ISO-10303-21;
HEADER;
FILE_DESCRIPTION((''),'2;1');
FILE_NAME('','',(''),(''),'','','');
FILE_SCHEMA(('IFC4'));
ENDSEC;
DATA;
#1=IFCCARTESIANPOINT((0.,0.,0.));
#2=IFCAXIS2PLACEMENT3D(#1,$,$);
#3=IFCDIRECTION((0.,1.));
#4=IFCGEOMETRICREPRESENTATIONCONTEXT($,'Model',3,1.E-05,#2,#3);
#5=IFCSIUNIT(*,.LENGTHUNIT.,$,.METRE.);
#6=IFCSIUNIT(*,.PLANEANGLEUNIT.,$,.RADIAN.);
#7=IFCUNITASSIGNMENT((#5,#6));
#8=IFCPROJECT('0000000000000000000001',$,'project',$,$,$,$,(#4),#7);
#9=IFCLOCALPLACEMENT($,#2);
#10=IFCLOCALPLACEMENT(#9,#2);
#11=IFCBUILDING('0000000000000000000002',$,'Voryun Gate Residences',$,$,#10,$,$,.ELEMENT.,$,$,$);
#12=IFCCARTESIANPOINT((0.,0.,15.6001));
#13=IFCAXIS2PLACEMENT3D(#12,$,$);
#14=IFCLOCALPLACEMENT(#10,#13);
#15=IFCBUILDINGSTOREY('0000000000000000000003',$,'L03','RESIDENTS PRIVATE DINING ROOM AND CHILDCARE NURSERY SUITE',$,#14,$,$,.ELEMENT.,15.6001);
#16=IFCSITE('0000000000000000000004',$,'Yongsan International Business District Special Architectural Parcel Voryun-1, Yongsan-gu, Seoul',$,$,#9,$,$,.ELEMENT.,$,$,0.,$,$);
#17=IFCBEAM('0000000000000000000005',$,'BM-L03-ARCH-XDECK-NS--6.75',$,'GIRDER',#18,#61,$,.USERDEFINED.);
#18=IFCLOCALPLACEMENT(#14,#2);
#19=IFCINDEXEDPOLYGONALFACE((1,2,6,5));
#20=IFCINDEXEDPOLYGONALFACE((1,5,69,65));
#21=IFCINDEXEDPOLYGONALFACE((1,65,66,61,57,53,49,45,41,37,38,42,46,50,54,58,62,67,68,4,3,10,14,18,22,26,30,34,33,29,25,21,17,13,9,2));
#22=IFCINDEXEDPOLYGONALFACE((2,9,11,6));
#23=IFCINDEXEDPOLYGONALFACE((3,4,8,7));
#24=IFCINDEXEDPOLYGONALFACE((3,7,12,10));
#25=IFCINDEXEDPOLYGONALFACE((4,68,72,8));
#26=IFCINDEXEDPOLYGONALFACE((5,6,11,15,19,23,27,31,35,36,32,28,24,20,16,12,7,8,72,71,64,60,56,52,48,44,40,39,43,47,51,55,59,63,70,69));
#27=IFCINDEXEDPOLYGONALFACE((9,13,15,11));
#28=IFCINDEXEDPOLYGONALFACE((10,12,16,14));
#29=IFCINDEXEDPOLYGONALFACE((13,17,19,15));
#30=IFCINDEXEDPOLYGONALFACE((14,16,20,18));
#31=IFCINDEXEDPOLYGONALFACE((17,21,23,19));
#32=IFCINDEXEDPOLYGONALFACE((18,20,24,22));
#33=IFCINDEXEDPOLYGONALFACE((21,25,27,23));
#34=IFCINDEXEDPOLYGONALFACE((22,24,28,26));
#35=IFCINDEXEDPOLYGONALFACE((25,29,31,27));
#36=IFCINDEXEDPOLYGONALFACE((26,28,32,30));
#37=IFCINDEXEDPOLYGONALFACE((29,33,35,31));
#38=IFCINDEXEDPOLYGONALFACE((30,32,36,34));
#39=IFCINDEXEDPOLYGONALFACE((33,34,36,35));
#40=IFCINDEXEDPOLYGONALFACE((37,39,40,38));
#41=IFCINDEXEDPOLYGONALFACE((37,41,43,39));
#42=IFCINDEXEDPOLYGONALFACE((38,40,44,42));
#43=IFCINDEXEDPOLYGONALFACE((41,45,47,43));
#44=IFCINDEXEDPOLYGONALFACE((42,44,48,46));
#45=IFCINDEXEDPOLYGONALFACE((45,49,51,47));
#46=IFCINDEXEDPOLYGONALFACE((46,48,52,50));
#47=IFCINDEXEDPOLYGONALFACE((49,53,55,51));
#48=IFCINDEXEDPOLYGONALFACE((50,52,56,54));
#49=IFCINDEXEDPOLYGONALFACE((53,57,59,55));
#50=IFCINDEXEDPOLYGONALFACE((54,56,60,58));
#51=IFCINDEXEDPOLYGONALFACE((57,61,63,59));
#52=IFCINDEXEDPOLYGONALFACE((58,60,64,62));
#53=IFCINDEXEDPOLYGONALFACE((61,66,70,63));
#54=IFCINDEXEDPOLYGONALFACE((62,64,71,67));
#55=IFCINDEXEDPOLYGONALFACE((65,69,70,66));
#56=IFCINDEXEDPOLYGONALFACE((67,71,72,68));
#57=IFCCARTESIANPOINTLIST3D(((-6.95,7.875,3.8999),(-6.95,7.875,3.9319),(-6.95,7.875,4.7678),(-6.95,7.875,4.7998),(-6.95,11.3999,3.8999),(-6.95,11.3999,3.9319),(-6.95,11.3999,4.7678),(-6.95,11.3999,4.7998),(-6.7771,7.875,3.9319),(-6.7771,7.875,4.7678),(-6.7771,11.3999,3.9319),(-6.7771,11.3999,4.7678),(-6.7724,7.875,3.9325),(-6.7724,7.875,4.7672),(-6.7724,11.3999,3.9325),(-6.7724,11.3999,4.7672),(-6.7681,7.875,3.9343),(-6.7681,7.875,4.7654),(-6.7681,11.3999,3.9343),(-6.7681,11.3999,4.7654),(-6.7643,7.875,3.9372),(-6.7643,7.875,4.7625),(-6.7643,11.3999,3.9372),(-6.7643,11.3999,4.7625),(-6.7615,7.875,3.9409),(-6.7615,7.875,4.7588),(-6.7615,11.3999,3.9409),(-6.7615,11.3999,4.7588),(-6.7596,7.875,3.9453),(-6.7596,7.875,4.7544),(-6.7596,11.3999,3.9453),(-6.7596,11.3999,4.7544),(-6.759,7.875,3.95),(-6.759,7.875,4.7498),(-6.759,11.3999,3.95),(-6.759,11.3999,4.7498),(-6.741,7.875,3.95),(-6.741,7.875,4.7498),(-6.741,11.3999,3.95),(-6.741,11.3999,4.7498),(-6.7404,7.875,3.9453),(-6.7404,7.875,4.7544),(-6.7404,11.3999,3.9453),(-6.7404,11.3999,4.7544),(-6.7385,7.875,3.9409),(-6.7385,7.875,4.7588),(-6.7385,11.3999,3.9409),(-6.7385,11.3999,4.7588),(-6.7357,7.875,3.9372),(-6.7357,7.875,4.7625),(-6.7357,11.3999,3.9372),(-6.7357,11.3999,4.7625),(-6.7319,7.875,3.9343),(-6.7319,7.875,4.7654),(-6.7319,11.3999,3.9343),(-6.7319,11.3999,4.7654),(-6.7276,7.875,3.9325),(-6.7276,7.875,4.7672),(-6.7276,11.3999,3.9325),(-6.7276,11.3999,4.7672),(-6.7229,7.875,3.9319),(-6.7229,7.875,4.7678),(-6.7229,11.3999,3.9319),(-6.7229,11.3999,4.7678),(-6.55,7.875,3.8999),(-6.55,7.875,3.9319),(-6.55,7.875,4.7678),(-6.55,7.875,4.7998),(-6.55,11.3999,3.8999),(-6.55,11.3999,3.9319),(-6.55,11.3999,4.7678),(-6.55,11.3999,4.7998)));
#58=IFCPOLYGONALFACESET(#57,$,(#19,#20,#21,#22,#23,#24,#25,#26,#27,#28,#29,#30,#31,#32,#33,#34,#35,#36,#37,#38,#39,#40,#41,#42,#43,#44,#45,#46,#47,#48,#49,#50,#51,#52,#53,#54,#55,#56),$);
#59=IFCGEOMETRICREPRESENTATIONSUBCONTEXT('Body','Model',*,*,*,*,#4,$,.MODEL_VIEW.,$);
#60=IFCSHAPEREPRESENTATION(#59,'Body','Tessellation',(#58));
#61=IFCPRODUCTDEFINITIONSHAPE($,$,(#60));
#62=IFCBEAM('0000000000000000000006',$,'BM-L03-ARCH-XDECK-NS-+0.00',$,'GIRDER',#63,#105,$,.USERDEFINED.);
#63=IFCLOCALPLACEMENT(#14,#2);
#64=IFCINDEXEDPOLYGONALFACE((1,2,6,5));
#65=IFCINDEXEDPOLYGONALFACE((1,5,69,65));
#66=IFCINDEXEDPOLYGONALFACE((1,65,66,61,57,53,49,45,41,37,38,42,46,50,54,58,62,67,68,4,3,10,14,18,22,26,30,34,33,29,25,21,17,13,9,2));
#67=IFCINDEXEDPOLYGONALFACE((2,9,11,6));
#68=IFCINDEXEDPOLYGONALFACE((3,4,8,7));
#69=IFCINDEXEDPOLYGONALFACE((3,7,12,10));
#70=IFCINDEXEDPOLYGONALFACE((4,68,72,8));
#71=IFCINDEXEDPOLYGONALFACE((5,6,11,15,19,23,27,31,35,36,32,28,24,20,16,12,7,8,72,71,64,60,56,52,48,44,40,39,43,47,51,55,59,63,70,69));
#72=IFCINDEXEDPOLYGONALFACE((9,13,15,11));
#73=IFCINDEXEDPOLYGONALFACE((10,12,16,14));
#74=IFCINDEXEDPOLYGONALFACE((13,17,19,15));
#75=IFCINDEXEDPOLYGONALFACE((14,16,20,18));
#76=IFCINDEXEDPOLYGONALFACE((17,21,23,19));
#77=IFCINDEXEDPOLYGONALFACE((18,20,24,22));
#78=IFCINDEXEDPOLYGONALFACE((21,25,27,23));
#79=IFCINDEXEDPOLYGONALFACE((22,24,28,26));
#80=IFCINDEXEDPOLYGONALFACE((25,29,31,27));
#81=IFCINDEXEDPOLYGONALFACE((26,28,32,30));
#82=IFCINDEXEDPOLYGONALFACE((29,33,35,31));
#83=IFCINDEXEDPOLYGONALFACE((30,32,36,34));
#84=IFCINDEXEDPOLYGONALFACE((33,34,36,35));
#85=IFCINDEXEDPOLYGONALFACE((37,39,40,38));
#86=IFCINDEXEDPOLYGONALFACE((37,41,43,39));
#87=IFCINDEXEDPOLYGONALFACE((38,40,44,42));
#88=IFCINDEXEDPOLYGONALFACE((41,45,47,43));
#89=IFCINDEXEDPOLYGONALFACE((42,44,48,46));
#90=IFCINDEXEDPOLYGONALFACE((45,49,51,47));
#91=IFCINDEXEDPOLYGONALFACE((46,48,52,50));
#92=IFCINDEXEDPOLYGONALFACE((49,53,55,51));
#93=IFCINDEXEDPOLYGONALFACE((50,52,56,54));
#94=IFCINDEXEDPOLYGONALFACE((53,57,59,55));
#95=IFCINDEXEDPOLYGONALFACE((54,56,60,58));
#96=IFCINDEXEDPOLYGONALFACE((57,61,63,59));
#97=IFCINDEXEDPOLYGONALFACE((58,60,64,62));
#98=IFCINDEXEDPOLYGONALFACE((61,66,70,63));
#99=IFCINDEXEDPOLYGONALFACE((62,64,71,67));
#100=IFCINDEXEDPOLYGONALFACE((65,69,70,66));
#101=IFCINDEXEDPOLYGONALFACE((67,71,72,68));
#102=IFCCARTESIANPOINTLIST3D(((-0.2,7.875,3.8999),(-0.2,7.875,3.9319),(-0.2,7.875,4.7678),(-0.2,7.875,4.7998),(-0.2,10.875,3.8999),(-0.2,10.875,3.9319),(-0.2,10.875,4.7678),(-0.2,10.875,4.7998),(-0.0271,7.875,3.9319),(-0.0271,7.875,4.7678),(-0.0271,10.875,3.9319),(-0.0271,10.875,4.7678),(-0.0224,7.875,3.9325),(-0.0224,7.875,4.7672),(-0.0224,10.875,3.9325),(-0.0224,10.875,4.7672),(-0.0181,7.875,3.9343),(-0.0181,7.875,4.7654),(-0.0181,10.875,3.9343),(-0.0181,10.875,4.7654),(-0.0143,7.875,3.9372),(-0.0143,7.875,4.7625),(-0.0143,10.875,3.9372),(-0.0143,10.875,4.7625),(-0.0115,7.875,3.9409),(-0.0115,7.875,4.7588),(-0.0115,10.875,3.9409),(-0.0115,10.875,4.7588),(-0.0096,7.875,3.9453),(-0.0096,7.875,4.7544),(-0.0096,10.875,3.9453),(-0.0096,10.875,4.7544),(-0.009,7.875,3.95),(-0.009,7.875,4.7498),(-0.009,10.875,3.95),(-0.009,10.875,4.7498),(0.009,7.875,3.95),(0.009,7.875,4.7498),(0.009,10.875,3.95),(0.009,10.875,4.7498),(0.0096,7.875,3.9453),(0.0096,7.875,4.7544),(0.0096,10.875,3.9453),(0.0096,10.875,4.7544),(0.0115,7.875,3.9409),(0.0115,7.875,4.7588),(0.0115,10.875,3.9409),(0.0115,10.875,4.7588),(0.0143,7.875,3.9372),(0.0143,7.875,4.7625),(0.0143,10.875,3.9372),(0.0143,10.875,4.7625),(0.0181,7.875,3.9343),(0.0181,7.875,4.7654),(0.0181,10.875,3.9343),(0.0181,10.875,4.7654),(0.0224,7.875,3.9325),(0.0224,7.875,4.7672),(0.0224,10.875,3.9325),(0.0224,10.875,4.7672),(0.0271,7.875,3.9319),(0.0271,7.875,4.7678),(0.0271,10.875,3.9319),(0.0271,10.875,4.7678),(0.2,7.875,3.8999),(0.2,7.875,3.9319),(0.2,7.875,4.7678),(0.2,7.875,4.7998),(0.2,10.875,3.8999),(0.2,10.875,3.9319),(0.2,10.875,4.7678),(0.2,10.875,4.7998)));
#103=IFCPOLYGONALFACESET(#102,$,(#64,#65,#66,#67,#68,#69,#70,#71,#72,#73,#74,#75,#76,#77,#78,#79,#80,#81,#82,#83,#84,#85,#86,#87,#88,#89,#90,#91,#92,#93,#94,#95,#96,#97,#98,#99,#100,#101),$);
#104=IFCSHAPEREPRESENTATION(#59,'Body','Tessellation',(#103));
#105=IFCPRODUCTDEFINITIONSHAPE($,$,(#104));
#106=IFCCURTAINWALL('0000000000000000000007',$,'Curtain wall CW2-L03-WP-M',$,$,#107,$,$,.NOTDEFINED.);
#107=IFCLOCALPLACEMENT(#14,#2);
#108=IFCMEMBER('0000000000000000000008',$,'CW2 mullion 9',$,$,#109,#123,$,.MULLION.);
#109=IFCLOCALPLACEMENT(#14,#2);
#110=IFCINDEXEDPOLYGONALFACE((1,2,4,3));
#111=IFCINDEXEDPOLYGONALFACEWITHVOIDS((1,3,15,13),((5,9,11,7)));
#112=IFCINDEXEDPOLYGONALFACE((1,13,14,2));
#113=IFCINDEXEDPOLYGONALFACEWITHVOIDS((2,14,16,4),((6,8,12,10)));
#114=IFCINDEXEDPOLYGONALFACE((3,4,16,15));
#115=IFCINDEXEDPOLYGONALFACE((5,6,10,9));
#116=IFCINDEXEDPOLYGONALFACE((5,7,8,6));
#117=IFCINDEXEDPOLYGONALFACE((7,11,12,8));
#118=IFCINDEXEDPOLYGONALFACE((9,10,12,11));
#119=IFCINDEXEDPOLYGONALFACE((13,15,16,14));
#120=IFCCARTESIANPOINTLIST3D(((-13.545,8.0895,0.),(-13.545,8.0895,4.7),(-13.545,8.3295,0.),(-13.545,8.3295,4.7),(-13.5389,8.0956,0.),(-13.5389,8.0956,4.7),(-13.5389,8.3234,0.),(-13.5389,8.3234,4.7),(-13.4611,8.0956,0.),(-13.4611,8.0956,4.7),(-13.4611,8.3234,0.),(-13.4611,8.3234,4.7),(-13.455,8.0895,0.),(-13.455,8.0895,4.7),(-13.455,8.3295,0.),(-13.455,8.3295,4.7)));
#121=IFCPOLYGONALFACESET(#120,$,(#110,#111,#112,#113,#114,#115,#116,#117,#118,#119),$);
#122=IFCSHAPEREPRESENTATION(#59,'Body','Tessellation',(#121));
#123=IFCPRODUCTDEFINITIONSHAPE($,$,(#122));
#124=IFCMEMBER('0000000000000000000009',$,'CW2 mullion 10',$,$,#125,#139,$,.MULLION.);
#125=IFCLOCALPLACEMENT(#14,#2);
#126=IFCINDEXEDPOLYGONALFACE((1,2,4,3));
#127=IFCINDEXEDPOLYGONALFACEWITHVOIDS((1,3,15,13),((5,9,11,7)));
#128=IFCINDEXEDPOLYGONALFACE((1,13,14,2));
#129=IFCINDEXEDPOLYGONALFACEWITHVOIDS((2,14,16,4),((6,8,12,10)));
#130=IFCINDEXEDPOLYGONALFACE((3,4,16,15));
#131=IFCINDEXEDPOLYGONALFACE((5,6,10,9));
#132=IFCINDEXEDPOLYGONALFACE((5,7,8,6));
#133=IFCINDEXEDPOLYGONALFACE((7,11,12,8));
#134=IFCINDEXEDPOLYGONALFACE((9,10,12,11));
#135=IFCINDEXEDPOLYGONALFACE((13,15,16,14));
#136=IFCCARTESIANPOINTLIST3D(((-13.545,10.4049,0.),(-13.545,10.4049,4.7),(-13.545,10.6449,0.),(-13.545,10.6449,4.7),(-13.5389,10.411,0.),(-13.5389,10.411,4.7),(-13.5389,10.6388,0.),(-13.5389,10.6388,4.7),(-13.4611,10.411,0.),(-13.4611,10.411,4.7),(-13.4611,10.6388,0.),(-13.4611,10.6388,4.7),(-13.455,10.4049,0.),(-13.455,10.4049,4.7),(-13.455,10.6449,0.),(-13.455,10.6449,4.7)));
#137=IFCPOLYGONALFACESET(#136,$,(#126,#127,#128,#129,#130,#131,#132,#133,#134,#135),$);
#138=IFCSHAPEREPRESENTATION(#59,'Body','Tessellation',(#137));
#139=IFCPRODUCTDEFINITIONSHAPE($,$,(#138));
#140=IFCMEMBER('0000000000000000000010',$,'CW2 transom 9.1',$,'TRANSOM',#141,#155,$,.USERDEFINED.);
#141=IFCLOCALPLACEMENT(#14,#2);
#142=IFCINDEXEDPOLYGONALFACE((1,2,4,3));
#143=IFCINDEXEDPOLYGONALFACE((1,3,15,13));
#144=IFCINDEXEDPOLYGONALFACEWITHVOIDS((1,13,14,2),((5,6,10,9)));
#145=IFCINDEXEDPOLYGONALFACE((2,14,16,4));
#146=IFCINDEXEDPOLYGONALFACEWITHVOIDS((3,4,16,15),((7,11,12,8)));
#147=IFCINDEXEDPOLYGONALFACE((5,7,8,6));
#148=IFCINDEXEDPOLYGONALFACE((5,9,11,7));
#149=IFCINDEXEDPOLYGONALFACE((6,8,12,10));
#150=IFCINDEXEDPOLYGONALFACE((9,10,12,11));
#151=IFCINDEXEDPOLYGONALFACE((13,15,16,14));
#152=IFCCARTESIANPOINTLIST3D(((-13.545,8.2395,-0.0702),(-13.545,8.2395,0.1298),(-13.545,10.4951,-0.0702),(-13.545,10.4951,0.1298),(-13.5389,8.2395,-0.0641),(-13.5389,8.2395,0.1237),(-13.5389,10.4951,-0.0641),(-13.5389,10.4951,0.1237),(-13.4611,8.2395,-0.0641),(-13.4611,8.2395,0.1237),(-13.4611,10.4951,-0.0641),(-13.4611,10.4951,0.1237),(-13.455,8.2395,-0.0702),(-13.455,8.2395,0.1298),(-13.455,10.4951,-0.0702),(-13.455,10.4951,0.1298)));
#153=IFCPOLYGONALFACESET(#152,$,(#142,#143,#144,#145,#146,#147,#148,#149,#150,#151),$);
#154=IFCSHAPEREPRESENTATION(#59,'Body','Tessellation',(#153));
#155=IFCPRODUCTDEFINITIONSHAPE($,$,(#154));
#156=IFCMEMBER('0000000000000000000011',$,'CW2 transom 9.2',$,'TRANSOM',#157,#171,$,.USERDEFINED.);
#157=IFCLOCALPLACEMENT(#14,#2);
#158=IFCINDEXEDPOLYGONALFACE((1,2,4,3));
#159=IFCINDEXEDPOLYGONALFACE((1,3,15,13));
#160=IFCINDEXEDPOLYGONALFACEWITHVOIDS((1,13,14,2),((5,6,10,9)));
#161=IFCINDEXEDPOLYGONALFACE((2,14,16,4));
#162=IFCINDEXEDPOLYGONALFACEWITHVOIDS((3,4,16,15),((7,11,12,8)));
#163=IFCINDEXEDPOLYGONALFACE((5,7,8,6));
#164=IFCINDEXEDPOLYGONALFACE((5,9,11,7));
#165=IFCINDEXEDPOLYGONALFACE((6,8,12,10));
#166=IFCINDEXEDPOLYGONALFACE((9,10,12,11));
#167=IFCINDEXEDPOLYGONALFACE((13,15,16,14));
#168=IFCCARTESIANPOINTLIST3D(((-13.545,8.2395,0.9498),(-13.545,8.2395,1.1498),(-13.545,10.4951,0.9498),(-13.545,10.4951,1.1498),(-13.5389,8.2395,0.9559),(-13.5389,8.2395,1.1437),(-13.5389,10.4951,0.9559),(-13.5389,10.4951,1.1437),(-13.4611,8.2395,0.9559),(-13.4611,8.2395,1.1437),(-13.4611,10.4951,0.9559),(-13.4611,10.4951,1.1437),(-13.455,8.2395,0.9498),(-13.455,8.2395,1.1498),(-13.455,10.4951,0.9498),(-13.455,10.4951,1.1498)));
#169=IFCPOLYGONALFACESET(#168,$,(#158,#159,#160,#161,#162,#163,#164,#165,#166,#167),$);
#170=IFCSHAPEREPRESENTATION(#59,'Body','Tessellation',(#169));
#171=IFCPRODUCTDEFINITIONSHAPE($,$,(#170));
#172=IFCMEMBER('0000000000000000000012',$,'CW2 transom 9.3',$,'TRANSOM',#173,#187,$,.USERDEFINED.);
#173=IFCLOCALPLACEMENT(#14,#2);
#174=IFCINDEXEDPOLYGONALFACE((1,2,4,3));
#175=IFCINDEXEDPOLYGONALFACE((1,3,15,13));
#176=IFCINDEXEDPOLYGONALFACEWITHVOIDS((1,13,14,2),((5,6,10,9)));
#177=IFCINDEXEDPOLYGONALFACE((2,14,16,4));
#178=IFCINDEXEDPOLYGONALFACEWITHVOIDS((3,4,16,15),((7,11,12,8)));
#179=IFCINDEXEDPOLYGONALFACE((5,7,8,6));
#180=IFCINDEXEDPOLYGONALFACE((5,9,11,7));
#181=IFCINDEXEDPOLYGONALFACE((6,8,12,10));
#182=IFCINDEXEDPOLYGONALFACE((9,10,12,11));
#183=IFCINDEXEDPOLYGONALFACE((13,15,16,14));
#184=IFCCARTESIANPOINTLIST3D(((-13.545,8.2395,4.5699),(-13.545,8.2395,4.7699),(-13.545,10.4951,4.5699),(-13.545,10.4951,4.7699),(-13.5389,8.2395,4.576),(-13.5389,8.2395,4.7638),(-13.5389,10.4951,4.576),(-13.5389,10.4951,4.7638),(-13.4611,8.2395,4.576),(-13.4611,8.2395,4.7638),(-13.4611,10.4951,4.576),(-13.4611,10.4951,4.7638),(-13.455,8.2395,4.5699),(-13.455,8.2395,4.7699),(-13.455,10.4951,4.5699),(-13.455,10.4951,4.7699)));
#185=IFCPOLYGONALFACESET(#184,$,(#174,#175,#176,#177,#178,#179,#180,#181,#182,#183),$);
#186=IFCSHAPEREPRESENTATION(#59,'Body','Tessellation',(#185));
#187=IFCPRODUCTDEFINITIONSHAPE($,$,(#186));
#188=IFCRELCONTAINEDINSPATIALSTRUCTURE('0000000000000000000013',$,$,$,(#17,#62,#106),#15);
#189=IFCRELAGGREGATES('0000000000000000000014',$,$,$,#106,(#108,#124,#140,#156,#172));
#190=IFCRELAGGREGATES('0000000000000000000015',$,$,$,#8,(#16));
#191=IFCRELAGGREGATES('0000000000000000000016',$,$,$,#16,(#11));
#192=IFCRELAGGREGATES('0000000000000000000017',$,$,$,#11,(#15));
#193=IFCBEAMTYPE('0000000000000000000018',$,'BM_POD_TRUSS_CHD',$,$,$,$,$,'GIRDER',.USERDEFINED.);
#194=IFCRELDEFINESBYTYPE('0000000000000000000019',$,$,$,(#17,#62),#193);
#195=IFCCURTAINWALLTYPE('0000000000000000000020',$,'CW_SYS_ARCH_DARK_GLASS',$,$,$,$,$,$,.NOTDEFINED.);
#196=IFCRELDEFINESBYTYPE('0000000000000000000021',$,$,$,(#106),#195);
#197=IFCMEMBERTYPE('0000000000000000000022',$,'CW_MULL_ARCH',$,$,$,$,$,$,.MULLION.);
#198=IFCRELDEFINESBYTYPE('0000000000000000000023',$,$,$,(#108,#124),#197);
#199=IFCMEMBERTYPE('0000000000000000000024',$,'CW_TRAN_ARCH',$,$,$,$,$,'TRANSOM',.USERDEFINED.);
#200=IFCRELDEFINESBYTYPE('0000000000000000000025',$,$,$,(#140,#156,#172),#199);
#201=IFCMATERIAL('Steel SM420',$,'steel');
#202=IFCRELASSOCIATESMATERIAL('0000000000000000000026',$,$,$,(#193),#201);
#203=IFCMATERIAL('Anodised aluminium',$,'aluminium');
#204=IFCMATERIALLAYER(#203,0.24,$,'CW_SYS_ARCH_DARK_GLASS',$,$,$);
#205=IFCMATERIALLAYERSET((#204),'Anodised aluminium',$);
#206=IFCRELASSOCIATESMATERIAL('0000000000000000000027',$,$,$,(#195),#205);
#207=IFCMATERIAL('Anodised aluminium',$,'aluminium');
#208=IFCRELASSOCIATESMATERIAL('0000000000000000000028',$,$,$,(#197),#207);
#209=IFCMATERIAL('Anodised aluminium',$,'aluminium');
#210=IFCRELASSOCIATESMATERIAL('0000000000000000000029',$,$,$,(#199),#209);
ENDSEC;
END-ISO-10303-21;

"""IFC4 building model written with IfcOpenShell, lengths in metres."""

from ifc_helpers import new_model, si_unit, direction, frame, origin, origin_2d, place, context, subcontext, project, spatial, hollow_rectangle, i_section, extrude, material, layer, layer_set, material_profile, profile_set, type_object, element, aggregate, save


model = new_model("IFC4")

# Units and contexts
model_context = context("Model", 3, precision=1e-05, world=origin(), true_north=direction((0.0, 1.0)))
body_context = subcontext(model_context, "Body", "Model", "MODEL_VIEW")
ifc_project = project(units=[si_unit("LENGTHUNIT", "METRE"), si_unit("PLANEANGLEUNIT", "RADIAN")], contexts=[model_context])

# Site, building, storey
site_placement = place(None, origin())
site = spatial("IfcSite", under=ifc_project, at=site_placement, Name="Yongsan International Business District Special Architectural Parcel Voryun-1, Yongsan-gu, Seoul", CompositionType="ELEMENT", RefElevation=0.0)
building_placement = place(site_placement, origin())
building = spatial("IfcBuilding", under=site, at=building_placement, Name="Voryun Gate Residences", CompositionType="ELEMENT")
storey_placement = place(building_placement, frame((0.0, 0.0, 15.6001)))
storey = spatial("IfcBuildingStorey", under=building, at=storey_placement, Name="L03", Description="RESIDENTS PRIVATE DINING ROOM AND CHILDCARE NURSERY SUITE", CompositionType="ELEMENT", Elevation=15.6001)

# Beams
ifc_material_1 = material(Name="Steel SM420", Category="steel")
ifc_material_profile_1 = material_profile(ifc_material_1, i_section(OverallWidth=0.3999, OverallDepth=0.8999, WebThickness=0.0181, FlangeThickness=0.032, FilletRadius=0.0181, at=origin_2d()), Name="H-900x400x18x32")
ifc_profile_set_1 = profile_set([ifc_material_profile_1], Name="Steel SM420")
beam_type_1 = type_object("IfcBeamType", Name="BM_POD_TRUSS_CHD", ElementType="GIRDER", PredefinedType="USERDEFINED", material=ifc_profile_set_1)
beam_1_placement = place(storey_placement, frame((-6.75, 7.875, 4.3499), z_axis=(0.0, 1.0, 0.0), x_axis=(-1.0, 0.0, 0.0)))
element("IfcBeam", 1, at=beam_1_placement, inside=storey, type_object=beam_type_1, Name="BM-L03-ARCH-XDECK-NS--6.75", ObjectType="GIRDER", PredefinedType="USERDEFINED", context=body_context, shape_type="SweptSolid", body=[
    extrude(i_section(OverallWidth=0.3999, OverallDepth=0.8999, WebThickness=0.0181, FlangeThickness=0.032, FilletRadius=0.0181, at=origin_2d()), origin(), (0.0, 0.0, 1.0), 3.5249),
])
beam_2_placement = place(storey_placement, frame((0.0, 7.875, 4.3499), z_axis=(0.0, 1.0, 0.0), x_axis=(-1.0, 0.0, 0.0)))
element("IfcBeam", 2, at=beam_2_placement, inside=storey, type_object=beam_type_1, Name="BM-L03-ARCH-XDECK-NS-+0.00", ObjectType="GIRDER", PredefinedType="USERDEFINED", context=body_context, shape_type="SweptSolid", body=[
    extrude(i_section(OverallWidth=0.3999, OverallDepth=0.8999, WebThickness=0.0181, FlangeThickness=0.032, FilletRadius=0.0181, at=origin_2d()), origin(), (0.0, 0.0, 1.0), 3.0),
])

# Curtain wall, members
ifc_material_2 = material(Name="Anodised aluminium", Category="aluminium")
ifc_layer_1 = layer(ifc_material_2, 0.24, Name="CW_SYS_ARCH_DARK_GLASS")
ifc_layer_set_1 = layer_set([ifc_layer_1], Name="Anodised aluminium")
curtain_wall_type = type_object("IfcCurtainWallType", Name="CW_SYS_ARCH_DARK_GLASS", PredefinedType="NOTDEFINED", material=ifc_layer_set_1)
curtain_wall_placement = place(storey_placement, origin())
curtain_wall = element("IfcCurtainWall", 3, at=curtain_wall_placement, inside=storey, type_object=curtain_wall_type, Name="Curtain wall CW2-L03-WP-M", PredefinedType="NOTDEFINED")
ifc_material_3 = material(Name="Anodised aluminium", Category="aluminium")
ifc_material_profile_2 = material_profile(ifc_material_3, hollow_rectangle(XDim=0.0901, YDim=0.24, WallThickness=0.0061, at=origin_2d()), Name="ALU-MULL-240x90x6")
ifc_profile_set_2 = profile_set([ifc_material_profile_2], Name="Anodised aluminium")
member_type_1 = type_object("IfcMemberType", Name="CW_MULL_ARCH", PredefinedType="MULLION", material=ifc_profile_set_2)
member_1_placement = place(storey_placement, frame((-13.5, 8.2095, 0.0), z_axis=(0.0, 0.0, 1.0), x_axis=(-1.0, 0.0, 0.0)))
member_1 = element("IfcMember", 4, at=member_1_placement, type_object=member_type_1, Name="CW2 mullion 9", PredefinedType="MULLION", context=body_context, shape_type="SweptSolid", body=[
    extrude(hollow_rectangle(XDim=0.0901, YDim=0.24, WallThickness=0.0061, at=origin_2d()), origin(), (0.0, 0.0, 1.0), 4.7),
])
member_2_placement = place(storey_placement, frame((-13.5, 10.5249, 0.0), z_axis=(0.0, 0.0, 1.0), x_axis=(-1.0, 0.0, 0.0)))
member_2 = element("IfcMember", 5, at=member_2_placement, type_object=member_type_1, Name="CW2 mullion 10", PredefinedType="MULLION", context=body_context, shape_type="SweptSolid", body=[
    extrude(hollow_rectangle(XDim=0.0901, YDim=0.24, WallThickness=0.0061, at=origin_2d()), origin(), (0.0, 0.0, 1.0), 4.7),
])
ifc_material_4 = material(Name="Anodised aluminium", Category="aluminium")
ifc_material_profile_3 = material_profile(ifc_material_4, hollow_rectangle(XDim=0.0901, YDim=0.2, WallThickness=0.0061, at=origin_2d()), Name="ALU-TRAN-200x90x6")
ifc_profile_set_3 = profile_set([ifc_material_profile_3], Name="Anodised aluminium")
member_type_2 = type_object("IfcMemberType", Name="CW_TRAN_ARCH", ElementType="TRANSOM", PredefinedType="USERDEFINED", material=ifc_profile_set_3)
member_3_placement = place(storey_placement, frame((-13.5, 8.2395, 0.0298), z_axis=(0.0, 1.0, 0.0), x_axis=(-1.0, 0.0, 0.0)))
member_3 = element("IfcMember", 6, at=member_3_placement, type_object=member_type_2, Name="CW2 transom 9.1", ObjectType="TRANSOM", PredefinedType="USERDEFINED", context=body_context, shape_type="SweptSolid", body=[
    extrude(hollow_rectangle(XDim=0.0901, YDim=0.2, WallThickness=0.0061, at=origin_2d()), origin(), (0.0, 0.0, 1.0), 2.2556),
])
member_4_placement = place(storey_placement, frame((-13.5, 8.2395, 1.0498), z_axis=(0.0, 1.0, 0.0), x_axis=(-1.0, 0.0, 0.0)))
member_4 = element("IfcMember", 7, at=member_4_placement, type_object=member_type_2, Name="CW2 transom 9.2", ObjectType="TRANSOM", PredefinedType="USERDEFINED", context=body_context, shape_type="SweptSolid", body=[
    extrude(hollow_rectangle(XDim=0.0901, YDim=0.2, WallThickness=0.0061, at=origin_2d()), origin(), (0.0, 0.0, 1.0), 2.2556),
])
member_5_placement = place(storey_placement, frame((-13.5, 8.2395, 4.6699), z_axis=(0.0, 1.0, 0.0), x_axis=(-1.0, 0.0, 0.0)))
member_5 = element("IfcMember", 8, at=member_5_placement, type_object=member_type_2, Name="CW2 transom 9.3", ObjectType="TRANSOM", PredefinedType="USERDEFINED", context=body_context, shape_type="SweptSolid", body=[
    extrude(hollow_rectangle(XDim=0.0901, YDim=0.2, WallThickness=0.0061, at=origin_2d()), origin(), (0.0, 0.0, 1.0), 2.2556),
])

aggregate(curtain_wall, [member_1, member_2, member_3, member_4, member_5])

save(model, "model.ifc")
